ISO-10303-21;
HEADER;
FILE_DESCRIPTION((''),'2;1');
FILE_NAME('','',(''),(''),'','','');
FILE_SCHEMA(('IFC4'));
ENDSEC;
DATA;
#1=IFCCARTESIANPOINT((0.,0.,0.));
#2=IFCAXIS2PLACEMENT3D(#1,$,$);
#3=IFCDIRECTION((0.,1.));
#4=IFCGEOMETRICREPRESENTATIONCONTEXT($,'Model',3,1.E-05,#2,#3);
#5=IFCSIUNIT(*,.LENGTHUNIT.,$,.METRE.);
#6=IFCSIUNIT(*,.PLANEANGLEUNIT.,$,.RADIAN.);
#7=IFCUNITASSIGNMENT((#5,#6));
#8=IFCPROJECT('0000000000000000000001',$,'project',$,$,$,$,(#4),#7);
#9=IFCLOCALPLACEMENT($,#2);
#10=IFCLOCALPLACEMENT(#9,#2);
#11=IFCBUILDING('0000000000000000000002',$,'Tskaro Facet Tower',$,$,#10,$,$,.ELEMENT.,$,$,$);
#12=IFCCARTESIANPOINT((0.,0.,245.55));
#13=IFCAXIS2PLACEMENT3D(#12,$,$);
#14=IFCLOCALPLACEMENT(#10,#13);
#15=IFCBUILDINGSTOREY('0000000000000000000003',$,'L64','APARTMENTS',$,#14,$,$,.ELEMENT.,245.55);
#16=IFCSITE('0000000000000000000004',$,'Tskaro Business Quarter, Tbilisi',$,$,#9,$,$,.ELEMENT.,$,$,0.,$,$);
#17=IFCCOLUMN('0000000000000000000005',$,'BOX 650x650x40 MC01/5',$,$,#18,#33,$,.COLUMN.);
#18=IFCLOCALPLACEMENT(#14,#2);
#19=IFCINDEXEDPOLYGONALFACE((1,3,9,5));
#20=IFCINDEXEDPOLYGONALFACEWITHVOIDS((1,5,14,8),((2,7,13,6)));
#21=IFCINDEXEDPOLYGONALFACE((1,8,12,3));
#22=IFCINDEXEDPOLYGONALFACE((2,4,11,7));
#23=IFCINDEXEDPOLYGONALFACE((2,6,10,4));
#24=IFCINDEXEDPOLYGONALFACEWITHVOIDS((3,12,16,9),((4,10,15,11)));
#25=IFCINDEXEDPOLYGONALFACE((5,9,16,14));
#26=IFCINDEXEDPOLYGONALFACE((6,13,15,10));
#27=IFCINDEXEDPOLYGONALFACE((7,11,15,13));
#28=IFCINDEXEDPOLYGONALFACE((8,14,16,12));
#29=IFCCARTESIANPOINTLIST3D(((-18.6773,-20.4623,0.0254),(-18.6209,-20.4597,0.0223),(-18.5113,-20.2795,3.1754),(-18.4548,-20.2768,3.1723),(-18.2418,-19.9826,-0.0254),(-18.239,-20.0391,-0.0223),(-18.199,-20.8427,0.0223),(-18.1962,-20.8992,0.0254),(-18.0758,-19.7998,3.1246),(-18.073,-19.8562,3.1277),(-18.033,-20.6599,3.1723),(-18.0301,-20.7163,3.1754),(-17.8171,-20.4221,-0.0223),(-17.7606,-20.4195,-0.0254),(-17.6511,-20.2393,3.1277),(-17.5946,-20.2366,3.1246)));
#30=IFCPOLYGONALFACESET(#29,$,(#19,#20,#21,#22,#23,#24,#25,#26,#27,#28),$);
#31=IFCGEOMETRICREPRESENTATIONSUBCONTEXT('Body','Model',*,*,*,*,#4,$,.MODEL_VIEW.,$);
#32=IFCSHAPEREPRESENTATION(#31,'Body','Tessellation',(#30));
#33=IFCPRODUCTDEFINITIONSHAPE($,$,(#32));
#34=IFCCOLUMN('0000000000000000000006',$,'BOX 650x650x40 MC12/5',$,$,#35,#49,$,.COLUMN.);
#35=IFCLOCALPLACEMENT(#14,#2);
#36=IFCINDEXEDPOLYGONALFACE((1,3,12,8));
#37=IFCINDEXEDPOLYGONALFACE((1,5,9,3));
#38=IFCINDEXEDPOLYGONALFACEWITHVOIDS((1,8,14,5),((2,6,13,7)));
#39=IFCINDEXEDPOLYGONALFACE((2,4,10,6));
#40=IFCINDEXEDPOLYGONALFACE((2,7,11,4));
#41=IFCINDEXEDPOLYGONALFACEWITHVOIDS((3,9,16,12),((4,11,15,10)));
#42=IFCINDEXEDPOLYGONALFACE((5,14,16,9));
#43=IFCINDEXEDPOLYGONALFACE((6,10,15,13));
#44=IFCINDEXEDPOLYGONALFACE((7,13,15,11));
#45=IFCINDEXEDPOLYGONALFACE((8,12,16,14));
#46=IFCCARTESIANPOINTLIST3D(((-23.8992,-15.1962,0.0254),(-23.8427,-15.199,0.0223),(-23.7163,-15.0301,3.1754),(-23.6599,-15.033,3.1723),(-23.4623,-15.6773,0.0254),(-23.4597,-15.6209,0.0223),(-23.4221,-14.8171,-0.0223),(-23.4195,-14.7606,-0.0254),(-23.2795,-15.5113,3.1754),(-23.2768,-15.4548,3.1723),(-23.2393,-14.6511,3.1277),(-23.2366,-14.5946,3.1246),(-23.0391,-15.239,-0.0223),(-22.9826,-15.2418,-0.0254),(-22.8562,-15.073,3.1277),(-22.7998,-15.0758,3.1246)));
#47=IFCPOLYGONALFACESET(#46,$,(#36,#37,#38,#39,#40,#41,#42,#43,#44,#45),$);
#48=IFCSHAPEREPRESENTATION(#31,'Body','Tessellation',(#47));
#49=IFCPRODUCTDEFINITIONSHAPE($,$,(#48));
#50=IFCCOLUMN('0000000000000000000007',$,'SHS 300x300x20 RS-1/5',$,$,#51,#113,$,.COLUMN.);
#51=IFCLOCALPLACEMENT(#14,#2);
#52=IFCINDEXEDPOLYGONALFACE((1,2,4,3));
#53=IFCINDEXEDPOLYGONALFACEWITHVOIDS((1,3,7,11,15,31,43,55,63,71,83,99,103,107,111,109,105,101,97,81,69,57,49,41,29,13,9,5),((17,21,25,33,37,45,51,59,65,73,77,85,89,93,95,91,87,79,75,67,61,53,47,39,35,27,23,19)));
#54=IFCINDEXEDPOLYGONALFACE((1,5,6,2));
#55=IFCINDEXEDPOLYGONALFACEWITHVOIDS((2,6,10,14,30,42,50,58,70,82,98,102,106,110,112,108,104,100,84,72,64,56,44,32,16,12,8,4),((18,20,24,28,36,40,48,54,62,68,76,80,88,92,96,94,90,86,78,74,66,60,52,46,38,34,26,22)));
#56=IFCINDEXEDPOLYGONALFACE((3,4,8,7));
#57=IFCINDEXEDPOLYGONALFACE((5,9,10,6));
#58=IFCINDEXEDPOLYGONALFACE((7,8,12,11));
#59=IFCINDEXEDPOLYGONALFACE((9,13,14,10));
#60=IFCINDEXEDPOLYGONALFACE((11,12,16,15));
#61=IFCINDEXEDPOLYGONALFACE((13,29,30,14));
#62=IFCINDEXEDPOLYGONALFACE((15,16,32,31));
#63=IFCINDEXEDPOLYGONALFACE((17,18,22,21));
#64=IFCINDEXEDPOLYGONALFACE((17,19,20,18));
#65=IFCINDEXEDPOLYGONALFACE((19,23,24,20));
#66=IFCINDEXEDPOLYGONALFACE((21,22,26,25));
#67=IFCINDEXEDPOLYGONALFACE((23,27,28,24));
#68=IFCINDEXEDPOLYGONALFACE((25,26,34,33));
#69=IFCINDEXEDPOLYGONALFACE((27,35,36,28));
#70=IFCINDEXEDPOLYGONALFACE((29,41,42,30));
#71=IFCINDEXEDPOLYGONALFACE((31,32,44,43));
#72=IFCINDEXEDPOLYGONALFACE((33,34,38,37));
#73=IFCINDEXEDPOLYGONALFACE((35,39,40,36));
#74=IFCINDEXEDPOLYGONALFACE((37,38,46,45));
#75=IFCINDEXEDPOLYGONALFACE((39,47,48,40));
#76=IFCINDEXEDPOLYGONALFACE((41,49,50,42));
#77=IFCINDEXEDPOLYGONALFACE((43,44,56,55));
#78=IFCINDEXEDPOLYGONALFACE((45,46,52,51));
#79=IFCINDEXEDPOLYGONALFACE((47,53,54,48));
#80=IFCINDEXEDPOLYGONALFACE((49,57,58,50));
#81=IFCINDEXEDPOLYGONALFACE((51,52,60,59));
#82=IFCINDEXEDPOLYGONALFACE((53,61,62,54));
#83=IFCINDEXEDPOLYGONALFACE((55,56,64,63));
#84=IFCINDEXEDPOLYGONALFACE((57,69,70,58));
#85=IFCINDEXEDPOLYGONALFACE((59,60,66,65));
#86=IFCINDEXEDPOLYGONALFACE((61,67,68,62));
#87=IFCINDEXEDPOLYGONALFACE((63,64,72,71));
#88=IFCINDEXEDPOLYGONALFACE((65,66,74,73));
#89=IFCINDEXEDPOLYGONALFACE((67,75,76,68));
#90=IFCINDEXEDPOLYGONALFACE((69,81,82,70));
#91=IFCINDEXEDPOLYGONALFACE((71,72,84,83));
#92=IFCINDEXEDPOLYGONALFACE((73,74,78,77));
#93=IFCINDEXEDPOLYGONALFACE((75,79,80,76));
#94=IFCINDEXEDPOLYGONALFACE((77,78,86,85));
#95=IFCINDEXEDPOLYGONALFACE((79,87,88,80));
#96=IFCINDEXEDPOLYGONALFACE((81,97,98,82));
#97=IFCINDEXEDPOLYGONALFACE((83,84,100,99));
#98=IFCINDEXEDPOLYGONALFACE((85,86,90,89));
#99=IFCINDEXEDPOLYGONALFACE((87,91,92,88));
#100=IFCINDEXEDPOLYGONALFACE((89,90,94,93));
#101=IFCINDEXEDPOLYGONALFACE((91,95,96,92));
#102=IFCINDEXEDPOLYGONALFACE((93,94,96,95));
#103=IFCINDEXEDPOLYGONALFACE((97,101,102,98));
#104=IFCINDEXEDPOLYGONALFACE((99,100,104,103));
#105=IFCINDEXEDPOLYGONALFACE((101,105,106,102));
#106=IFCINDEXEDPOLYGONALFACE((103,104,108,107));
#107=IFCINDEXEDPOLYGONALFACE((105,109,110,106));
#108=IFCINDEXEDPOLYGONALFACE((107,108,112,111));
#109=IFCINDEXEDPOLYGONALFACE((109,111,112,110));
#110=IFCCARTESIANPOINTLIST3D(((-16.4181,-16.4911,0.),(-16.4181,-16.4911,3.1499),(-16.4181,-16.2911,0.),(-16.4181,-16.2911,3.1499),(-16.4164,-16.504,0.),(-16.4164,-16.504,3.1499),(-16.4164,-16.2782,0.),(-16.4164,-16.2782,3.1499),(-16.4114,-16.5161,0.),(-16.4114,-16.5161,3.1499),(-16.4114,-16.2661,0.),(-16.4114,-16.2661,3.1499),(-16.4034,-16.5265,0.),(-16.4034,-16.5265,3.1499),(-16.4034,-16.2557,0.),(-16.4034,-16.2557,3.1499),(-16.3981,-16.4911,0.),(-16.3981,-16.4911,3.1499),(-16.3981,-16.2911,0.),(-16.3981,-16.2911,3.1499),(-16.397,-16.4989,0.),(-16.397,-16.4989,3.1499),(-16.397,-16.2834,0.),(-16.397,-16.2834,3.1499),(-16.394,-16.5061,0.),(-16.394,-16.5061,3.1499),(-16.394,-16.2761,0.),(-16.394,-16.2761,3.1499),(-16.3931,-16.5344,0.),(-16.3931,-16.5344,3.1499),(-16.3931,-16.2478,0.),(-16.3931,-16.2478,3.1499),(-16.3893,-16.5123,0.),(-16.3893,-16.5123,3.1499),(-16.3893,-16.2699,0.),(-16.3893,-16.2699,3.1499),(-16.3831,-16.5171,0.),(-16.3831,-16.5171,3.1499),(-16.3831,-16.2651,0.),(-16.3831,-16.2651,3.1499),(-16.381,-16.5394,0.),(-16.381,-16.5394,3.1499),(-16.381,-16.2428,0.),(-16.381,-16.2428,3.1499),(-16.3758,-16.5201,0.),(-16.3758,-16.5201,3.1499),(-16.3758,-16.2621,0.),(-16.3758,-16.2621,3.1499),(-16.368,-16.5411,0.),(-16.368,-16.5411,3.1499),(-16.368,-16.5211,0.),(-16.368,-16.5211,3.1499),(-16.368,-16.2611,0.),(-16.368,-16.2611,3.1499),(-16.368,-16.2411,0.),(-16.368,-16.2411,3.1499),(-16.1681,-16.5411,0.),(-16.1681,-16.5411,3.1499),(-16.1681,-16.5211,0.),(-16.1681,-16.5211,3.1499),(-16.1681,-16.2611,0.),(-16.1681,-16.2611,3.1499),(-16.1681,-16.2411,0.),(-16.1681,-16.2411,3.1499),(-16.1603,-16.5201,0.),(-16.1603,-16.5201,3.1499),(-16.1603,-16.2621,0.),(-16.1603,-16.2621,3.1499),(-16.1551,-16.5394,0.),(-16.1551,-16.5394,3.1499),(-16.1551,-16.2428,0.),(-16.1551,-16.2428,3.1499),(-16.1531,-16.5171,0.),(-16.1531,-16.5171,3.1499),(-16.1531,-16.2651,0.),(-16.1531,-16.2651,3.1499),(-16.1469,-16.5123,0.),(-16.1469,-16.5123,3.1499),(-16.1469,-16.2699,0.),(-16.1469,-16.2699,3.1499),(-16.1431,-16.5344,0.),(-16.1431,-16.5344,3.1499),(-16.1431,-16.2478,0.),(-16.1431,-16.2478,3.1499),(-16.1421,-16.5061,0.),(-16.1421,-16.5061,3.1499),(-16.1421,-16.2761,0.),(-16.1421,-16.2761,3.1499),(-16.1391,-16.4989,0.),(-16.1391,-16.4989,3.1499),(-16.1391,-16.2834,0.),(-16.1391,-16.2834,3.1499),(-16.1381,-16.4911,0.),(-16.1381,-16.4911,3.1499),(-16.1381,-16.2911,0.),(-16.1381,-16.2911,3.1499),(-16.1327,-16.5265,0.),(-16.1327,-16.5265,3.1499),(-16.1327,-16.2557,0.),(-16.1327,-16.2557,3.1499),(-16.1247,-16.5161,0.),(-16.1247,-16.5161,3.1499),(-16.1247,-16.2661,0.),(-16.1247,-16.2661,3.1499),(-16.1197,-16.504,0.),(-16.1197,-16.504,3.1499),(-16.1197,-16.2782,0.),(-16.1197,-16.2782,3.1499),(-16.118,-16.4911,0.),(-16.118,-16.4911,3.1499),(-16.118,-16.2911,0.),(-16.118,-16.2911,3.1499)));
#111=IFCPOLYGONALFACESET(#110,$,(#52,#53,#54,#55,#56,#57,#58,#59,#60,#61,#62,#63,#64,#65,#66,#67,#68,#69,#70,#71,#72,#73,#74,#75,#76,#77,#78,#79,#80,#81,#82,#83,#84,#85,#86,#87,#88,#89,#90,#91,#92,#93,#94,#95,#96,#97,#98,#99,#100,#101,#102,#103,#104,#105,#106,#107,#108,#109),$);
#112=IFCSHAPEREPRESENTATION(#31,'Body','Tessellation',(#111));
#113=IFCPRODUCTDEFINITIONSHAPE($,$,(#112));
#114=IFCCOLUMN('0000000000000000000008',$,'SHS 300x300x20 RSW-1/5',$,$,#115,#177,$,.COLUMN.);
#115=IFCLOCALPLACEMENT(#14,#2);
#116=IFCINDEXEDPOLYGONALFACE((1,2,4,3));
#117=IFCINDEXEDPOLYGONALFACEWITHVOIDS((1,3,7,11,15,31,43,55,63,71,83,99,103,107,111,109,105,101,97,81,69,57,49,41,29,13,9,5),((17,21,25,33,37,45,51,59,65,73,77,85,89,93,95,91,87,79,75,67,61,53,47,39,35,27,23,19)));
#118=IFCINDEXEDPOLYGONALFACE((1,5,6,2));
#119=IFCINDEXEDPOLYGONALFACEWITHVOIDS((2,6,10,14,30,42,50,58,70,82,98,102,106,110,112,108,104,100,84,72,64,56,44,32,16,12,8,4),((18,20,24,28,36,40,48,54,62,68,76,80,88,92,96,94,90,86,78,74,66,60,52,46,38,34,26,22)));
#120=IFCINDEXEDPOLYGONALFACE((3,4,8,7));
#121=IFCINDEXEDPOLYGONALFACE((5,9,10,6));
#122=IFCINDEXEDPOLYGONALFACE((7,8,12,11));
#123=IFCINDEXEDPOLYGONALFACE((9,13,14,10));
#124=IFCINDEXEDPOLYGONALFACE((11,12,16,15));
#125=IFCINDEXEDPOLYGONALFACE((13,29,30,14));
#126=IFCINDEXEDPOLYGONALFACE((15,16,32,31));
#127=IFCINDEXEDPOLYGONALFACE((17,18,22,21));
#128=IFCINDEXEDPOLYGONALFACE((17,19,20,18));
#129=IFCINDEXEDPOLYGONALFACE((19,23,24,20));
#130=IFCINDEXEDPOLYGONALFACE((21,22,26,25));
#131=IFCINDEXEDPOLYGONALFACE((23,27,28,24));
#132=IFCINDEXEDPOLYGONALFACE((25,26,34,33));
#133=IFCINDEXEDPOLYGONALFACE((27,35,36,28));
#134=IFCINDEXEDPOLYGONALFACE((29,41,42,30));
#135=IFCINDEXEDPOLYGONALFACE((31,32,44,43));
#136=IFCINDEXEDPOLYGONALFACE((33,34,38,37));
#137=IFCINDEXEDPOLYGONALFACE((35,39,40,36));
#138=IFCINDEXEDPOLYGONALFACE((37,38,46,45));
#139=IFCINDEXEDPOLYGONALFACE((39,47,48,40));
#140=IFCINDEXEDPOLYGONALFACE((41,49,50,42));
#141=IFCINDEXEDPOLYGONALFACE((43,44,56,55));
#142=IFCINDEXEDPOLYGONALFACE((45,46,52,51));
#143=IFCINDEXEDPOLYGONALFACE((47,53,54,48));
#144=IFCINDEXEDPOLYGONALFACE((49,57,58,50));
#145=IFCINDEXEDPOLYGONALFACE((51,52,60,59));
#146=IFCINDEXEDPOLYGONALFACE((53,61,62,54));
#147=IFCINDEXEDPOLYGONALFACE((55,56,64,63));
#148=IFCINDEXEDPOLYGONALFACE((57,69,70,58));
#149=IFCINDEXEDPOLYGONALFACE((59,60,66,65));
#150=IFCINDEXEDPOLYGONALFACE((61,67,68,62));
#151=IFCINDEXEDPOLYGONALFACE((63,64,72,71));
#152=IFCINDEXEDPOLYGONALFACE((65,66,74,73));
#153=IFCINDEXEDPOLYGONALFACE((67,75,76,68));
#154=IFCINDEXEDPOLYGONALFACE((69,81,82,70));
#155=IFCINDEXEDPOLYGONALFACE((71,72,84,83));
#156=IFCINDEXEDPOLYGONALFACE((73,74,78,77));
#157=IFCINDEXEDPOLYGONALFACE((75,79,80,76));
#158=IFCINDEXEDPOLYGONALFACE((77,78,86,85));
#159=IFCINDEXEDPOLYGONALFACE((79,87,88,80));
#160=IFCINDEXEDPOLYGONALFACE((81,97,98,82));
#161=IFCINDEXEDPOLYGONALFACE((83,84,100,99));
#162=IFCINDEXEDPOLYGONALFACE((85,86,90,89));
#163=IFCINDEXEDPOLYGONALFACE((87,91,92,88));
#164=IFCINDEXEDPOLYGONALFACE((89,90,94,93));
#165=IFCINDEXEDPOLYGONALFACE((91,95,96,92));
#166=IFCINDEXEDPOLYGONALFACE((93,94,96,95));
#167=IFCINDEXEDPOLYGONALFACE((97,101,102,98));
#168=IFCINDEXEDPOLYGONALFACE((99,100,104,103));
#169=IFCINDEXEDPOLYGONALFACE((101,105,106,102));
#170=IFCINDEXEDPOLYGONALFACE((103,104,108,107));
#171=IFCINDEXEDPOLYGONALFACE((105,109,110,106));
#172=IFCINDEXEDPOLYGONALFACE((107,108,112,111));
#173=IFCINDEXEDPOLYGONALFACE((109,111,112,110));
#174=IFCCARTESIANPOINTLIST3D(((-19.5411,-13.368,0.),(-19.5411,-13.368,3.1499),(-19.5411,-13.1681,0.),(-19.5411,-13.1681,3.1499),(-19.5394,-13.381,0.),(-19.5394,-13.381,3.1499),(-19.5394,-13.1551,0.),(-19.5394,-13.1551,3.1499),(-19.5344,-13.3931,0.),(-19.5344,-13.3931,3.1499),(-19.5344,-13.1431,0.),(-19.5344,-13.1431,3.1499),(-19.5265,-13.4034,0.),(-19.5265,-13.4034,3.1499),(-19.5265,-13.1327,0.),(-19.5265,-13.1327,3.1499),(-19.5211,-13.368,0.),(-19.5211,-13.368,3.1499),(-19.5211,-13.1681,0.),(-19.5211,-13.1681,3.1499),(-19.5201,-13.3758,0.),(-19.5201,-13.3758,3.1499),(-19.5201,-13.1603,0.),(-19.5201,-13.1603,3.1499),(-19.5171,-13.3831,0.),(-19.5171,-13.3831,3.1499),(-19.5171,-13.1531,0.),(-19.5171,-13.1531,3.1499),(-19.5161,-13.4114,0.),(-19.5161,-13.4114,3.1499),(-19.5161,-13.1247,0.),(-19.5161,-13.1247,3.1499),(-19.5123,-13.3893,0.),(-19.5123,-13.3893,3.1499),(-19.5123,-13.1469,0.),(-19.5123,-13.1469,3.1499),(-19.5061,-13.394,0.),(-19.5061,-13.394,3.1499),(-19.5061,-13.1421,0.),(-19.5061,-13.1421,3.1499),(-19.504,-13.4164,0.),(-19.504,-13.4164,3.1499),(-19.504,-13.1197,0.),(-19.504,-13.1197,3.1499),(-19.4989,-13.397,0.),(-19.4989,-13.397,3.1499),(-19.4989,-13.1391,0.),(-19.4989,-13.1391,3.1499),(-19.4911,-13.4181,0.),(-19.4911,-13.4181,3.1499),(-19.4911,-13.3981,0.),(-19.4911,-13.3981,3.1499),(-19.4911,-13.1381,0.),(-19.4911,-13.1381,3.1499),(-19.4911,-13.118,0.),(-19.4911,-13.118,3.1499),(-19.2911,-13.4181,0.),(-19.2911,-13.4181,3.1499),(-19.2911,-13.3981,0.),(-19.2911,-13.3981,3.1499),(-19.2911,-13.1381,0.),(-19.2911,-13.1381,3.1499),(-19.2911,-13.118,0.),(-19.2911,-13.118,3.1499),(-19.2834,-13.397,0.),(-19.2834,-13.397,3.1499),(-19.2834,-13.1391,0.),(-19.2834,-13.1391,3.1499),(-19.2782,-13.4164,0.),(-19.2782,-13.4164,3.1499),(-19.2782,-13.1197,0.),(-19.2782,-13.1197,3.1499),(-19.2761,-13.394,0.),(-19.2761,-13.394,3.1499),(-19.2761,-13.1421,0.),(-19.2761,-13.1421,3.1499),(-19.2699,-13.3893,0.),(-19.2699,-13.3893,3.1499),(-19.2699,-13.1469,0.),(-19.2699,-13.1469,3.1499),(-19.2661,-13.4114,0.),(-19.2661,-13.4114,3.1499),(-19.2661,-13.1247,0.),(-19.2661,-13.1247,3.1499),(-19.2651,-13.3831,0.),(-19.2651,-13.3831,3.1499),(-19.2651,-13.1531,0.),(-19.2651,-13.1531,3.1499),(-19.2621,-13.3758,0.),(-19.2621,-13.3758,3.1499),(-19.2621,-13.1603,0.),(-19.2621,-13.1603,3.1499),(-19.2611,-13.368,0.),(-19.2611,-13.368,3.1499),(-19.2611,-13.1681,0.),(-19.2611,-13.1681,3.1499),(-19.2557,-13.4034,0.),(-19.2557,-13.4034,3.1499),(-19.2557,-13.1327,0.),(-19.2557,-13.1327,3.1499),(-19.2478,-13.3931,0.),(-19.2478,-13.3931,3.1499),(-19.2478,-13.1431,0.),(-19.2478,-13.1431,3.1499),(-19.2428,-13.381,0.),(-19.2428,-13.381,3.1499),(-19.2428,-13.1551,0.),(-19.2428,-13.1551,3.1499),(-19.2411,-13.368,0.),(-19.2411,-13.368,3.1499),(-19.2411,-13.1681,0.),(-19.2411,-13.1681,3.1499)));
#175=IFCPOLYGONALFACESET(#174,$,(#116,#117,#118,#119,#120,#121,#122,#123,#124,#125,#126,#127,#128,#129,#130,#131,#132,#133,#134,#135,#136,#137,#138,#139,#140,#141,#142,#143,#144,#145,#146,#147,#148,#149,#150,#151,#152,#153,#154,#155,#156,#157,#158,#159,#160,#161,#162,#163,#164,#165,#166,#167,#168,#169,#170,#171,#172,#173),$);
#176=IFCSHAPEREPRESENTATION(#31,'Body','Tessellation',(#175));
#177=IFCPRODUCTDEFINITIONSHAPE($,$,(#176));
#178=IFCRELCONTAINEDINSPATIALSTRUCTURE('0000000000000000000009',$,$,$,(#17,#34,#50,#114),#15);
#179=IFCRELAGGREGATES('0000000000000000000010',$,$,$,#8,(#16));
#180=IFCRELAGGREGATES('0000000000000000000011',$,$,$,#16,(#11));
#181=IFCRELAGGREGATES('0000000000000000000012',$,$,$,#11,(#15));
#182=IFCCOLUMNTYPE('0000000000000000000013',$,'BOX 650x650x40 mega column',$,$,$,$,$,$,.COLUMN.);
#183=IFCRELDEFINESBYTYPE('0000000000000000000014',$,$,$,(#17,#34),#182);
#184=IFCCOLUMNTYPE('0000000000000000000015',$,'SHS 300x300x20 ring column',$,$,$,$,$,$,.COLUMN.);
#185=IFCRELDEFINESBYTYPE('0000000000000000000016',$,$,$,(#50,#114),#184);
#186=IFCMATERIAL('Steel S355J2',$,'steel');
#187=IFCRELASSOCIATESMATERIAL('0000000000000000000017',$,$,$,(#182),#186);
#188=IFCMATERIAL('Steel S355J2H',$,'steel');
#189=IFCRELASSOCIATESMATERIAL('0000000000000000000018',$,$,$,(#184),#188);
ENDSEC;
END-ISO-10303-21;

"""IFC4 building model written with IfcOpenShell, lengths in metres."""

from ifc_helpers import new_model, si_unit, direction, frame, origin, origin_2d, place, context, subcontext, project, spatial, hollow_rectangle, extrude, material, material_profile, profile_set, type_object, element, save


model = new_model("IFC4")

# Units and contexts
model_context = context("Model", 3, precision=1e-05, world=origin(), true_north=direction((0.0, 1.0)))
body_context = subcontext(model_context, "Body", "Model", "MODEL_VIEW")
ifc_project = project(units=[si_unit("LENGTHUNIT", "METRE"), si_unit("PLANEANGLEUNIT", "RADIAN")], contexts=[model_context])

# Site, building, storey
site_placement = place(None, origin())
site = spatial("IfcSite", under=ifc_project, at=site_placement, Name="Tskaro Business Quarter, Tbilisi", CompositionType="ELEMENT", RefElevation=0.0)
building_placement = place(site_placement, origin())
building = spatial("IfcBuilding", under=site, at=building_placement, Name="Tskaro Facet Tower", CompositionType="ELEMENT")
storey_placement = place(building_placement, frame((0.0, 0.0, 245.55)))
storey = spatial("IfcBuildingStorey", under=building, at=storey_placement, Name="L64", Description="APARTMENTS", CompositionType="ELEMENT", Elevation=245.55)

# Columns
ifc_material_1 = material(Name="Steel S355J2", Category="steel")
ifc_material_profile_1 = material_profile(ifc_material_1, hollow_rectangle(XDim=0.6499, YDim=0.6499, WallThickness=0.04, at=origin_2d()), Name="BOX 650x650x40")
ifc_profile_set_1 = profile_set([ifc_material_profile_1], Name="Steel S355J2")
column_type_1 = type_object("IfcColumnType", Name="BOX 650x650x40 mega column", PredefinedType="COLUMN", material=ifc_profile_set_1)
for number, where, z_axis, x_axis, name in (
    (1, (-18.219, -20.4409, 0.0), (0.052544, 0.057875, 0.99694), (-0.740387, 0.672181, 0.0), "BOX 650x650x40 MC01/5"),
    (2, (-23.4409, -15.219, 0.0), (0.057875, 0.052544, 0.99694), (-0.672181, 0.740387, 0.0), "BOX 650x650x40 MC12/5"),
):
    element("IfcColumn", number, at=place(storey_placement, frame(where, z_axis=z_axis, x_axis=x_axis)), inside=storey, type_object=column_type_1, Name=name, PredefinedType="COLUMN", context=body_context, shape_type="SweptSolid", body=[
        extrude(hollow_rectangle(XDim=0.6499, YDim=0.6499, WallThickness=0.04, at=origin_2d()), origin(), (0.0, 0.0, 1.0), 3.1597),
    ])
ifc_material_2 = material(Name="Steel S355J2H", Category="steel")
ifc_material_profile_2 = material_profile(ifc_material_2, hollow_rectangle(XDim=0.3, YDim=0.3, WallThickness=0.02, InnerFilletRadius=0.03, OuterFilletRadius=0.05, at=origin_2d()), Name="SHS 300x300x20")
ifc_profile_set_2 = profile_set([ifc_material_profile_2], Name="Steel S355J2H")
column_type_2 = type_object("IfcColumnType", Name="SHS 300x300x20 ring column", PredefinedType="COLUMN", material=ifc_profile_set_2)
for number, where, z_axis, x_axis, name in (
    (3, (-16.2681, -16.3911, 0.0), (0.0, 0.0, 1.0), (1.0, 0.0, 0.0), "SHS 300x300x20 RS-1/5"),
    (4, (-19.3911, -13.2681, 0.0), (0.0, 0.0, 1.0), (1.0, 0.0, 0.0), "SHS 300x300x20 RSW-1/5"),
):
    element("IfcColumn", number, at=place(storey_placement, frame(where, z_axis=z_axis, x_axis=x_axis)), inside=storey, type_object=column_type_2, Name=name, PredefinedType="COLUMN", context=body_context, shape_type="SweptSolid", body=[
        extrude(hollow_rectangle(XDim=0.3, YDim=0.3, WallThickness=0.02, InnerFilletRadius=0.03, OuterFilletRadius=0.05, at=origin_2d()), origin(), (0.0, 0.0, 1.0), 3.1499),
    ])

save(model, "model.ifc")
